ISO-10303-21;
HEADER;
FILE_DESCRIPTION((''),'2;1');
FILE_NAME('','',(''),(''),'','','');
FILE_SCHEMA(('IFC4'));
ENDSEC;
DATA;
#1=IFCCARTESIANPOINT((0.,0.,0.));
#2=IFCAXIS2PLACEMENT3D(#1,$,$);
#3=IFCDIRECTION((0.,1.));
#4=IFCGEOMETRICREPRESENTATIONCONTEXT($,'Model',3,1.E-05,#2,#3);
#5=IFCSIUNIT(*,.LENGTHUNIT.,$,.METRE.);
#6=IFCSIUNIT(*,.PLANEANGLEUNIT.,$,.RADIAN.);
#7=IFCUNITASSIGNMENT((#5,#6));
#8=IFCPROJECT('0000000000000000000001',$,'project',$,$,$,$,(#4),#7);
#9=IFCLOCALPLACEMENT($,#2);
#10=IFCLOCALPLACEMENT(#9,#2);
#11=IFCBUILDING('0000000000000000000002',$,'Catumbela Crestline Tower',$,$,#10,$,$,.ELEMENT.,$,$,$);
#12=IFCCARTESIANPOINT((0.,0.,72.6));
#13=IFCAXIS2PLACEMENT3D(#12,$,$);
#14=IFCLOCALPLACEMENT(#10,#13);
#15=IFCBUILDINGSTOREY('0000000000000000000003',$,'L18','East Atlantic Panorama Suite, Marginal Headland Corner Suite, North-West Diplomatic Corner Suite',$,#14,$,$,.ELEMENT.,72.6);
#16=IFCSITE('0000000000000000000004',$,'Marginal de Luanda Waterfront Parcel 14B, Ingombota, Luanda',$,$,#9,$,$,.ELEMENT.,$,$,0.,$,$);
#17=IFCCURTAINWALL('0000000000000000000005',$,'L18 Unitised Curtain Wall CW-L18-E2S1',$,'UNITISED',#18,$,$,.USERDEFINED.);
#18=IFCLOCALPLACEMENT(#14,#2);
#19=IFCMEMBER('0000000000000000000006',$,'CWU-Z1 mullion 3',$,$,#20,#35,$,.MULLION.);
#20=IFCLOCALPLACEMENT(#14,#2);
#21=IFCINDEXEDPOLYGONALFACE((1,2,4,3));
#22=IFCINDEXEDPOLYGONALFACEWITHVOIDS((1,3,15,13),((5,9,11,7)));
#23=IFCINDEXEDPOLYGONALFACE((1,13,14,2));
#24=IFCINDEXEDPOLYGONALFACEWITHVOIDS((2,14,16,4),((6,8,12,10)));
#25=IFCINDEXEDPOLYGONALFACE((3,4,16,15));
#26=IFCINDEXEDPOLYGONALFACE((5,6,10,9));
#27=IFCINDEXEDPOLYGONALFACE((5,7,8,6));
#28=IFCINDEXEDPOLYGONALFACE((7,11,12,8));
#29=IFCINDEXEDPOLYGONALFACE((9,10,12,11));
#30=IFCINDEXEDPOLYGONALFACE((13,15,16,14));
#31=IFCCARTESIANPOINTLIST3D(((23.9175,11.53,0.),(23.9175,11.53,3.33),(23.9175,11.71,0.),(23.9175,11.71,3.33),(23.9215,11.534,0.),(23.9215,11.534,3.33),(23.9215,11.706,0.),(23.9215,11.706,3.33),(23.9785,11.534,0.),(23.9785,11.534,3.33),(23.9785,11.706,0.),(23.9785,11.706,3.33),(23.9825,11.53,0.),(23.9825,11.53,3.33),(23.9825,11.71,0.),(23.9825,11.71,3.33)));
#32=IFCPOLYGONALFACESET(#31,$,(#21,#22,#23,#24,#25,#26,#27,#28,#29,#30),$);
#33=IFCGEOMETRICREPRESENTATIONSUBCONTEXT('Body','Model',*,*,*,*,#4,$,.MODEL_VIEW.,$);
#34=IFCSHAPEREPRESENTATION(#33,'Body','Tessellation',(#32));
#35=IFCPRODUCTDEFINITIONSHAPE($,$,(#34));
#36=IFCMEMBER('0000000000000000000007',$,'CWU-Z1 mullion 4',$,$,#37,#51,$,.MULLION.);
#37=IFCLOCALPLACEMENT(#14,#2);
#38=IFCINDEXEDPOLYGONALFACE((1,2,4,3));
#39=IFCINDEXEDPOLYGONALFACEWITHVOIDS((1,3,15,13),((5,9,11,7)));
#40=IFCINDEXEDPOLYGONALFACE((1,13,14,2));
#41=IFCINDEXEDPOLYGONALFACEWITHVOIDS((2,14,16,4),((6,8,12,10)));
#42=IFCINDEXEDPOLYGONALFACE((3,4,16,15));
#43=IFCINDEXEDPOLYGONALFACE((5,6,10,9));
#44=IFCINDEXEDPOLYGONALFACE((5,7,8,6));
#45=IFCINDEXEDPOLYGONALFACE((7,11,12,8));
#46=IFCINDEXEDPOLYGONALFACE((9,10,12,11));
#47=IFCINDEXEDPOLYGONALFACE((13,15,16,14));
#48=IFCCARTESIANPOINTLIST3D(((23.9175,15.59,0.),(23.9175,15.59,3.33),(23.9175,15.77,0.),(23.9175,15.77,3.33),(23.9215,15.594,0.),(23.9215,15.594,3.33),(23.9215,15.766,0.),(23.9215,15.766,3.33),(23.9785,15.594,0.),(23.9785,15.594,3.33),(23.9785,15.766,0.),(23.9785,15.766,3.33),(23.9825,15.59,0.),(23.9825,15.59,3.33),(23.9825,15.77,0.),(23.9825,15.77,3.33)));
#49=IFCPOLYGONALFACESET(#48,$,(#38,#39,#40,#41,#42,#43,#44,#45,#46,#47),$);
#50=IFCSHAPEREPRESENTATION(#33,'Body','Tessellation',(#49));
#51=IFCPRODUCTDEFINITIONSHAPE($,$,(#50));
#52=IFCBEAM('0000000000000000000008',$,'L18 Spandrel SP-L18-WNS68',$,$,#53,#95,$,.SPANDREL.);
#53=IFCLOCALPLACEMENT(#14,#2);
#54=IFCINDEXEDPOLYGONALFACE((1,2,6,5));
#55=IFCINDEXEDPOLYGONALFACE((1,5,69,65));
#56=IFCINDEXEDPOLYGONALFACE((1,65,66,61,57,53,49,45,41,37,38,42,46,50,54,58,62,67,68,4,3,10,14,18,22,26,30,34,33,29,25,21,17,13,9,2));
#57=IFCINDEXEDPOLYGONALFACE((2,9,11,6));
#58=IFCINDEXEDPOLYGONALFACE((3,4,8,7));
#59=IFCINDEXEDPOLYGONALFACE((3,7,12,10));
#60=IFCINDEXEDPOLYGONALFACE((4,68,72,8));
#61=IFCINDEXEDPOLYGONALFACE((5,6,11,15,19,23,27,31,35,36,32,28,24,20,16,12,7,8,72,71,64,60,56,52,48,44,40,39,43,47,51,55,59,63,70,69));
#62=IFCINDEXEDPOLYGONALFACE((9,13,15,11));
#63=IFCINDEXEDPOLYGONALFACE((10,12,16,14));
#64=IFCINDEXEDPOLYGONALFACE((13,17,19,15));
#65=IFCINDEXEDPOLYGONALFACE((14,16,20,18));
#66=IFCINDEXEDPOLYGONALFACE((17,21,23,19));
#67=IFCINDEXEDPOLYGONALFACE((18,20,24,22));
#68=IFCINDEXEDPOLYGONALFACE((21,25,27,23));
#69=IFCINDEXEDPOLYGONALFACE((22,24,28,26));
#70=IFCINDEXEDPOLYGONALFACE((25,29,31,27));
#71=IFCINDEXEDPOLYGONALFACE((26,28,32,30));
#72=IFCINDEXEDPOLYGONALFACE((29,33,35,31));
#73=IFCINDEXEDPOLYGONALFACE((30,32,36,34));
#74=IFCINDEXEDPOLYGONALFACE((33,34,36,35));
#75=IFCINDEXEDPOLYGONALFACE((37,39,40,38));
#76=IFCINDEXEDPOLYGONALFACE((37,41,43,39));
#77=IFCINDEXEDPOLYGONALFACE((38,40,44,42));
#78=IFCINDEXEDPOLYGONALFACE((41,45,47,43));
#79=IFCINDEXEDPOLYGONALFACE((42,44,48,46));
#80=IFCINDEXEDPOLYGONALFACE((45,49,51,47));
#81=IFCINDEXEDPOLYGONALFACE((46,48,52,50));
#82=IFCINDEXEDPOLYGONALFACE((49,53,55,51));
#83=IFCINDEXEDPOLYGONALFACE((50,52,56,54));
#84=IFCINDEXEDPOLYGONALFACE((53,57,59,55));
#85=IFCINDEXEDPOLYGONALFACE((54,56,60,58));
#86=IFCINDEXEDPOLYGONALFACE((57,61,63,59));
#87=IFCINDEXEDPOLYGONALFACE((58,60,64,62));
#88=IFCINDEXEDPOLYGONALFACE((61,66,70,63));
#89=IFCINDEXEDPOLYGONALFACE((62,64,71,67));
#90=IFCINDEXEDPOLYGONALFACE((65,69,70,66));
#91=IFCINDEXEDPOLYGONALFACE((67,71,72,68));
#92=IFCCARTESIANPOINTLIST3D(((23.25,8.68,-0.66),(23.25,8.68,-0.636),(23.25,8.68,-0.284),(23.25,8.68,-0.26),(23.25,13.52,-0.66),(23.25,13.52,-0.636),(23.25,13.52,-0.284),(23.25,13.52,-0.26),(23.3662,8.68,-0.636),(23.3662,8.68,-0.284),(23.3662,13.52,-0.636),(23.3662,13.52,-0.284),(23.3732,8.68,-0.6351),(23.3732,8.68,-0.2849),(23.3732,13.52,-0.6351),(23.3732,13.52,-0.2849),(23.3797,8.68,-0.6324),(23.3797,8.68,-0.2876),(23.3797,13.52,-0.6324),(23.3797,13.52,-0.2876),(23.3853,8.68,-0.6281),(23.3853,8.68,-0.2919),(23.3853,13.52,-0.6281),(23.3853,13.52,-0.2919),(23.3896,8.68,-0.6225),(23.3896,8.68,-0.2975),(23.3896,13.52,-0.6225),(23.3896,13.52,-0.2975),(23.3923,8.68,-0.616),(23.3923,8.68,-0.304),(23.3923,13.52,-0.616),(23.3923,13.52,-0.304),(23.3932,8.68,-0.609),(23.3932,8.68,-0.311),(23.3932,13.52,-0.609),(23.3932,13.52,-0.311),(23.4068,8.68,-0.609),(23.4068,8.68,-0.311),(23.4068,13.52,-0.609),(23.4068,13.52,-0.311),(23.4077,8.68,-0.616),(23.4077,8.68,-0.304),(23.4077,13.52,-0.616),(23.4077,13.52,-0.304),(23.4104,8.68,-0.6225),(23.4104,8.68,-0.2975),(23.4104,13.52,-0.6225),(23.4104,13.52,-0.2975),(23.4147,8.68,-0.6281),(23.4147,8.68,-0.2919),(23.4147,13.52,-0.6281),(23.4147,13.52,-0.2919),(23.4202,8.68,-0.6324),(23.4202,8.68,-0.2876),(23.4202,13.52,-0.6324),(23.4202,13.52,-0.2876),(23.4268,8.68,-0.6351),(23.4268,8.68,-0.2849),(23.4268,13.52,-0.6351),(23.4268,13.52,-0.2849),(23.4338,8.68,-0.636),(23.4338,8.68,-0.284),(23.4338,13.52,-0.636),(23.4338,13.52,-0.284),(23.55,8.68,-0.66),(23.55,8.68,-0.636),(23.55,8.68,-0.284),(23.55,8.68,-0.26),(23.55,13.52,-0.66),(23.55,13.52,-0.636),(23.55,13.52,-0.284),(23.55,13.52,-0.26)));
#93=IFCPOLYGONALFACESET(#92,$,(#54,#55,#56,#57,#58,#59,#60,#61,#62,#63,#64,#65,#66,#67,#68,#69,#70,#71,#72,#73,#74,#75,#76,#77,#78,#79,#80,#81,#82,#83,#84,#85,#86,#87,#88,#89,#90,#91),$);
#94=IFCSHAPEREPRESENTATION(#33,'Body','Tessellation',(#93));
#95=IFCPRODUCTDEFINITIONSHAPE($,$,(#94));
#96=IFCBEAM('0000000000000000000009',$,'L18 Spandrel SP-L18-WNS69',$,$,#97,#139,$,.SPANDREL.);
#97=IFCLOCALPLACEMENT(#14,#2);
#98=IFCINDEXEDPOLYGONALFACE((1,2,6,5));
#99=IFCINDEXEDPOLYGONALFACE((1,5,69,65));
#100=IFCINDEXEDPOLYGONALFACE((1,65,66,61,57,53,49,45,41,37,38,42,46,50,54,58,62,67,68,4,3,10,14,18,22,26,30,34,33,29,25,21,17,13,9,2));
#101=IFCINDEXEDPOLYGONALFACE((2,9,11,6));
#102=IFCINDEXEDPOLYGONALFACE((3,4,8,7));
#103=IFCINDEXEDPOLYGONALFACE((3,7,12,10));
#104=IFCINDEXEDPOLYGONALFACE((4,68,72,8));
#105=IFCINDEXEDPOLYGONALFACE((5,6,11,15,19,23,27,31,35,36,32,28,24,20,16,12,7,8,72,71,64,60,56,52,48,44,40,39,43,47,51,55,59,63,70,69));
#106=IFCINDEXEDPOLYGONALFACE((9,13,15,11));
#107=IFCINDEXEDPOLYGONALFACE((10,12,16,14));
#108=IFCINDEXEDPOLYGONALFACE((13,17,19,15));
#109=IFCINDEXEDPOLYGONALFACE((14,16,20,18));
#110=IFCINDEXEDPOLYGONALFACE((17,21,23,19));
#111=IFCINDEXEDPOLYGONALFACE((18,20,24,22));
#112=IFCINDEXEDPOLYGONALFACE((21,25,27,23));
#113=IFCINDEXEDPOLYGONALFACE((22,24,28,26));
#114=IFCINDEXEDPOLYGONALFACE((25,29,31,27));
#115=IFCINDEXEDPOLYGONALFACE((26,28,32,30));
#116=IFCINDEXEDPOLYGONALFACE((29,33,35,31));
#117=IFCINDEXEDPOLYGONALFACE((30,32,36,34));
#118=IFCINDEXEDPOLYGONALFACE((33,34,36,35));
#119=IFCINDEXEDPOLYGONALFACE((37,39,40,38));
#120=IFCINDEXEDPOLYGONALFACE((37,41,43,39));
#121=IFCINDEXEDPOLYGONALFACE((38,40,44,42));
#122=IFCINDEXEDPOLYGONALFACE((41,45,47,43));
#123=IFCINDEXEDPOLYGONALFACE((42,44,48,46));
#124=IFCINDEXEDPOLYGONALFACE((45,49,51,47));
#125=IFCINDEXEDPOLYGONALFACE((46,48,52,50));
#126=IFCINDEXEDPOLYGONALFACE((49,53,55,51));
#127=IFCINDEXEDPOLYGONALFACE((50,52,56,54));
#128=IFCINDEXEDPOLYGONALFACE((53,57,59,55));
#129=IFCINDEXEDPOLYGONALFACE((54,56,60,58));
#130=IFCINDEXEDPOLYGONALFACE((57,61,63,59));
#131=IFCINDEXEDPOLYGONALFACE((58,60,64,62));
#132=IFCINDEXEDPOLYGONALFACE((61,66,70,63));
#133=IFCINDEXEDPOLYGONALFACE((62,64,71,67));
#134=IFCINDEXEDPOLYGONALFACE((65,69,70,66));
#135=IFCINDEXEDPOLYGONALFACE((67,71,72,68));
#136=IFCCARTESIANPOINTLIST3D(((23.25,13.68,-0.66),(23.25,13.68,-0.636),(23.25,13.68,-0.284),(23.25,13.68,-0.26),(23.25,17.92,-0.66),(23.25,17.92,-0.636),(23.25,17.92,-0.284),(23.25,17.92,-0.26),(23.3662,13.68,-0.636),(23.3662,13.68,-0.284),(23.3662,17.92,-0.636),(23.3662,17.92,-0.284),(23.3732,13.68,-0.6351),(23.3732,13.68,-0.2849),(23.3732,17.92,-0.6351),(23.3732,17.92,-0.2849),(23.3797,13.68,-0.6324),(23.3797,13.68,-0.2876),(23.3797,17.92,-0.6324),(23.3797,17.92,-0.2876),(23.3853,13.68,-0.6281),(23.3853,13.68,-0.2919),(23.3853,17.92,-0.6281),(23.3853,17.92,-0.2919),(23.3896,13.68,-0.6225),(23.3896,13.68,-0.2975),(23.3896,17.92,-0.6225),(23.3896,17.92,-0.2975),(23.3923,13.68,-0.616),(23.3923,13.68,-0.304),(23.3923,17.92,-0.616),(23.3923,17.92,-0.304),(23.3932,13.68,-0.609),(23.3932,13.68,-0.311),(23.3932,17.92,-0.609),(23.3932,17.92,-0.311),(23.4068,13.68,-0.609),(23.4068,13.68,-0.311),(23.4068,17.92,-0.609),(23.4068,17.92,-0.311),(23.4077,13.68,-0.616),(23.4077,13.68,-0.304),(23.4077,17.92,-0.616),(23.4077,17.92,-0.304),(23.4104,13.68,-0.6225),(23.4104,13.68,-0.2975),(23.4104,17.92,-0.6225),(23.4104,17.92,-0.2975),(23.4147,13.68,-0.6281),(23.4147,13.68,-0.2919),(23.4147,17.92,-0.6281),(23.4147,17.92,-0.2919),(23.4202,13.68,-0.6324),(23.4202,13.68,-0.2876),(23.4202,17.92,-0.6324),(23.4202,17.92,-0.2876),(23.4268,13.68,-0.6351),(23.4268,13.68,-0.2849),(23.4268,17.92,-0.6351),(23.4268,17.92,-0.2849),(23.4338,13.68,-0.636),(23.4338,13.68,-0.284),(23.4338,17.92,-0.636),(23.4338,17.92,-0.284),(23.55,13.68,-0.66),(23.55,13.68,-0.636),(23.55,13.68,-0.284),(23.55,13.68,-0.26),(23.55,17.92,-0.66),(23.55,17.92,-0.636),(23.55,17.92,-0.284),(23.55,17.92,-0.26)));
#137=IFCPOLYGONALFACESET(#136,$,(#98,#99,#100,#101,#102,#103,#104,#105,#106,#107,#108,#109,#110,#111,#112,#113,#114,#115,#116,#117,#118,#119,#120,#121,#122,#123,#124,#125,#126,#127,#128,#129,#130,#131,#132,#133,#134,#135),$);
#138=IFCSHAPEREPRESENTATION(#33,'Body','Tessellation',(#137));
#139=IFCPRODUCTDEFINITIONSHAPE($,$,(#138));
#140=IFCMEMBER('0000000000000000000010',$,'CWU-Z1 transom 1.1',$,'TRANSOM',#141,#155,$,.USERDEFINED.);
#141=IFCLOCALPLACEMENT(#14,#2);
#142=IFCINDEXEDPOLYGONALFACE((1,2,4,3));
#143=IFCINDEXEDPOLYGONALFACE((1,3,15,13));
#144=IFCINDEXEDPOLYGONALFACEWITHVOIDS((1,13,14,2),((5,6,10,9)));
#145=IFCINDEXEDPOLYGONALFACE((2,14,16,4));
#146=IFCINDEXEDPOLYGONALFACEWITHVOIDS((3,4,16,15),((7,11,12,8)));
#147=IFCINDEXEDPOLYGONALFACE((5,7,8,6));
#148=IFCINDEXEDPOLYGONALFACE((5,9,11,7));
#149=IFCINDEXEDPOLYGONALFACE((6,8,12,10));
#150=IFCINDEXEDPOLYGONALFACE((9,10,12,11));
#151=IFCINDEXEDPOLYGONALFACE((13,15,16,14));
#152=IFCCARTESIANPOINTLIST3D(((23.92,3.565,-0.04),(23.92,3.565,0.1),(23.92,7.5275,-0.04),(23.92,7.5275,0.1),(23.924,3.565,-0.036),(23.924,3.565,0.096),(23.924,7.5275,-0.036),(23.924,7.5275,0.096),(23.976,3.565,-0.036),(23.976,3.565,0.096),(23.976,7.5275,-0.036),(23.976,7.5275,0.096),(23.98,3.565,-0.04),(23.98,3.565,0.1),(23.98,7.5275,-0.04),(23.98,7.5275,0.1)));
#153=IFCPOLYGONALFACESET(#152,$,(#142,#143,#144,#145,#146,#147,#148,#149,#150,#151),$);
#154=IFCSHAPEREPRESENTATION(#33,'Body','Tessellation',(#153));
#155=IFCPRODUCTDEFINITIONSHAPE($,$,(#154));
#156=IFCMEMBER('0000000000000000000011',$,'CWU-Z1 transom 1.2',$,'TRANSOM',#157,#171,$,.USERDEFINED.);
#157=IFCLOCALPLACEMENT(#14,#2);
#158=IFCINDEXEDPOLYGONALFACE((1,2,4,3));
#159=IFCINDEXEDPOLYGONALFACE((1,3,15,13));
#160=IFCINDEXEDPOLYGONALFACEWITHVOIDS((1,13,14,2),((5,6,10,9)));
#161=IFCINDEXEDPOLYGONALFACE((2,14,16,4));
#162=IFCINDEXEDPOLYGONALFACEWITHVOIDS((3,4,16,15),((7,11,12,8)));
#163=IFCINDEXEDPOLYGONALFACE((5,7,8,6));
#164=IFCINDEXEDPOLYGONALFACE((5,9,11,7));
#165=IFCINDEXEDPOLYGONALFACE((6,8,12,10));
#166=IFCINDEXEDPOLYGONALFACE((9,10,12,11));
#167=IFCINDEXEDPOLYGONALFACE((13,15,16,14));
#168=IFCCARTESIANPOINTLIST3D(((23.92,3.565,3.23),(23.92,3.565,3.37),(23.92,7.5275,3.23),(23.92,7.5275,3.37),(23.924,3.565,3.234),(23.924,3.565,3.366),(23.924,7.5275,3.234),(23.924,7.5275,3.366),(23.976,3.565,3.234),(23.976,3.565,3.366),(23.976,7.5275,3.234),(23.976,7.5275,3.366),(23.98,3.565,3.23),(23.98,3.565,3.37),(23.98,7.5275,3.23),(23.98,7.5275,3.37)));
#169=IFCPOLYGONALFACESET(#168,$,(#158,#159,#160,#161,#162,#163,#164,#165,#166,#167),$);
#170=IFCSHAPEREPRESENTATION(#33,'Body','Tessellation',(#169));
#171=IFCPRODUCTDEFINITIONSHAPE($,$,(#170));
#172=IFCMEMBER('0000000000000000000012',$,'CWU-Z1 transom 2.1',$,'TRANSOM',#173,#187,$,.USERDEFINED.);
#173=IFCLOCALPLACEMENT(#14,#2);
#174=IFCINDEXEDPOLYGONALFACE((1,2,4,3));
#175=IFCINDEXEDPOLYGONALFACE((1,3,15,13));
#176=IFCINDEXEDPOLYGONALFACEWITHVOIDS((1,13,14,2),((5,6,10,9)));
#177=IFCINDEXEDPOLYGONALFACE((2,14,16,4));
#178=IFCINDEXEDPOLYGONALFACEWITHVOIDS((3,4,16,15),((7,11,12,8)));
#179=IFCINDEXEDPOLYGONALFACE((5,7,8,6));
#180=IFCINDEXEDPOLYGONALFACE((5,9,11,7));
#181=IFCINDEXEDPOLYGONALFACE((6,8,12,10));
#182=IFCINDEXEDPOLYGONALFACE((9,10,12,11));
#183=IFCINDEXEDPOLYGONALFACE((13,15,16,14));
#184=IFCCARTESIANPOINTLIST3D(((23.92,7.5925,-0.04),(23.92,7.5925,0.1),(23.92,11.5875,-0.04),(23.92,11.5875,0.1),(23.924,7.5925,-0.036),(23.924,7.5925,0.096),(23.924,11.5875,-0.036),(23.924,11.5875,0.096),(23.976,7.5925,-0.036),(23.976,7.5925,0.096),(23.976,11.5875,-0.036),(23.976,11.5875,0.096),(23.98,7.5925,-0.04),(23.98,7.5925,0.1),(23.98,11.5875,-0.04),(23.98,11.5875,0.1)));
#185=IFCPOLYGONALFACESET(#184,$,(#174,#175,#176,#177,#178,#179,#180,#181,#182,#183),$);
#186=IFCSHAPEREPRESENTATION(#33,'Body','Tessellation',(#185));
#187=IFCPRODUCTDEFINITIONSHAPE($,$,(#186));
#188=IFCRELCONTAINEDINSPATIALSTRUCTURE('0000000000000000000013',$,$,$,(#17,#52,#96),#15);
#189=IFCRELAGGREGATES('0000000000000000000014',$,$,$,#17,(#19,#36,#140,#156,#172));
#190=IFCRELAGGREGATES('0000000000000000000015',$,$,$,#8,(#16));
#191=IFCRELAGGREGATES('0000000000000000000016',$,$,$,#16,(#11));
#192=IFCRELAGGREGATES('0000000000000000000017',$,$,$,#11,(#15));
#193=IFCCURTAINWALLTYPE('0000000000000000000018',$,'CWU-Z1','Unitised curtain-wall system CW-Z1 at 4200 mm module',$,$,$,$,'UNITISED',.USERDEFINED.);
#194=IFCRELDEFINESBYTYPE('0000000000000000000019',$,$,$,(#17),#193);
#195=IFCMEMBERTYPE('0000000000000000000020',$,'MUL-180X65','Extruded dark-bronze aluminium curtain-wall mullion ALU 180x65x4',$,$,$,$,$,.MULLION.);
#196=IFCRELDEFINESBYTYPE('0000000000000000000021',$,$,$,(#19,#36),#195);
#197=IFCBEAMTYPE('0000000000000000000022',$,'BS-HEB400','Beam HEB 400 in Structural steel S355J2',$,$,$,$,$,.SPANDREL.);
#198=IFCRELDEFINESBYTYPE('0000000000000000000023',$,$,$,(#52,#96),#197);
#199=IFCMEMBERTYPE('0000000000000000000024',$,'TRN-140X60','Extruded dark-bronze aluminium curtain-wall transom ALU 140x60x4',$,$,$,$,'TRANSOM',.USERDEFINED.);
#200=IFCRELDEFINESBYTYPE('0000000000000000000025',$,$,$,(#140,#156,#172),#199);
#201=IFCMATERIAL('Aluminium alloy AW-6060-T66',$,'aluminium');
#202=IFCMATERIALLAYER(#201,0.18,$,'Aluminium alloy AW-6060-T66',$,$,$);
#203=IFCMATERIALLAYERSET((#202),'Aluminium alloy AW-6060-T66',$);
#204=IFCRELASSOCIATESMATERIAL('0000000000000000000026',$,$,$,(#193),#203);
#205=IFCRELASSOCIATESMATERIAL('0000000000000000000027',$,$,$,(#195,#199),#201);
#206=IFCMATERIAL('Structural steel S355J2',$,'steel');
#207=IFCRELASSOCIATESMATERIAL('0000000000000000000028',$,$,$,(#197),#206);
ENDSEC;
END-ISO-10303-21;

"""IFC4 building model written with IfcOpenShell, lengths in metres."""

from ifc_helpers import new_model, si_unit, direction, frame, origin, origin_2d, place, context, subcontext, project, spatial, hollow_rectangle, i_section, extrude, material, layer, layer_set, material_profile, profile_set, type_object, element, aggregate, save


model = new_model("IFC4")

# Units and contexts
model_context = context("Model", 3, precision=1e-05, world=origin(), true_north=direction((0.0, 1.0)))
body_context = subcontext(model_context, "Body", "Model", "MODEL_VIEW")
ifc_project = project(units=[si_unit("LENGTHUNIT", "METRE"), si_unit("PLANEANGLEUNIT", "RADIAN")], contexts=[model_context])

# Site, building, storey
site_placement = place(None, origin())
site = spatial("IfcSite", under=ifc_project, at=site_placement, Name="Marginal de Luanda Waterfront Parcel 14B, Ingombota, Luanda", CompositionType="ELEMENT", RefElevation=0.0)
building_placement = place(site_placement, origin())
building = spatial("IfcBuilding", under=site, at=building_placement, Name="Catumbela Crestline Tower", CompositionType="ELEMENT")
storey_placement = place(building_placement, frame((0.0, 0.0, 72.6)))
storey = spatial("IfcBuildingStorey", under=building, at=storey_placement, Name="L18", Description="East Atlantic Panorama Suite, Marginal Headland Corner Suite, North-West Diplomatic Corner Suite", CompositionType="ELEMENT", Elevation=72.6)

# Shared definitions
ifc_material_1 = material(Name="Structural steel S355J2", Category="steel")

# Shared definitions
ifc_material_2 = material(Name="Aluminium alloy AW-6060-T66", Category="aluminium")
ifc_layer_1 = layer(ifc_material_2, 0.18, Name="Aluminium alloy AW-6060-T66")
ifc_layer_set_1 = layer_set([ifc_layer_1], Name="Aluminium alloy AW-6060-T66")
curtain_wall_type = type_object("IfcCurtainWallType", Name="CWU-Z1", Description="Unitised curtain-wall system CW-Z1 at 4200 mm module", ElementType="UNITISED", PredefinedType="USERDEFINED", material=ifc_layer_set_1)
ifc_material_profile_1 = material_profile(ifc_material_2, hollow_rectangle(XDim=0.065, YDim=0.18, WallThickness=0.004, at=origin_2d()), Name="ALU 180x65x4")
ifc_profile_set_1 = profile_set([ifc_material_profile_1], Name="Aluminium alloy AW-6060-T66")
member_type_1 = type_object("IfcMemberType", Name="MUL-180X65", Description="Extruded dark-bronze aluminium curtain-wall mullion ALU 180x65x4", PredefinedType="MULLION", material=ifc_profile_set_1)

# Curtain wall, members
curtain_wall_1_placement = place(storey_placement, origin())
curtain_wall_1 = element("IfcCurtainWall", 1, at=curtain_wall_1_placement, inside=storey, type_object=curtain_wall_type, Name="L18 Unitised Curtain Wall CW-L18-E2S1", ObjectType="UNITISED", PredefinedType="USERDEFINED")
member_1_placement = place(storey_placement, frame((23.95, 11.62, 0.0), z_axis=(0.0, 0.0, 1.0), x_axis=(-1.0, 0.0, 0.0)))
member_1 = element("IfcMember", 2, at=member_1_placement, type_object=member_type_1, Name="CWU-Z1 mullion 3", PredefinedType="MULLION", context=body_context, shape_type="SweptSolid", body=[
    extrude(hollow_rectangle(XDim=0.065, YDim=0.18, WallThickness=0.004, at=origin_2d()), origin(), (0.0, 0.0, 1.0), 3.33),
])
member_2_placement = place(storey_placement, frame((23.95, 15.68, 0.0), z_axis=(0.0, 0.0, 1.0), x_axis=(-1.0, 0.0, 0.0)))
member_2 = element("IfcMember", 3, at=member_2_placement, type_object=member_type_1, Name="CWU-Z1 mullion 4", PredefinedType="MULLION", context=body_context, shape_type="SweptSolid", body=[
    extrude(hollow_rectangle(XDim=0.065, YDim=0.18, WallThickness=0.004, at=origin_2d()), origin(), (0.0, 0.0, 1.0), 3.33),
])

# Beams
ifc_material_profile_2 = material_profile(ifc_material_1, i_section(OverallWidth=0.3, OverallDepth=0.4, WebThickness=0.0135, FlangeThickness=0.024, FilletRadius=0.027, at=origin_2d()), Name="HEB 400")
ifc_profile_set_2 = profile_set([ifc_material_profile_2], Name="Structural steel S355J2")
beam_type_1 = type_object("IfcBeamType", Name="BS-HEB400", Description="Beam HEB 400 in Structural steel S355J2", PredefinedType="SPANDREL", material=ifc_profile_set_2)
beam_1_placement = place(storey_placement, frame((23.4, 8.68, -0.46), z_axis=(0.0, 1.0, 0.0), x_axis=(-1.0, 0.0, 0.0)))
element("IfcBeam", 4, at=beam_1_placement, inside=storey, type_object=beam_type_1, Name="L18 Spandrel SP-L18-WNS68", PredefinedType="SPANDREL", context=body_context, shape_type="SweptSolid", body=[
    extrude(i_section(OverallWidth=0.3, OverallDepth=0.4, WebThickness=0.0135, FlangeThickness=0.024, FilletRadius=0.027, at=origin_2d()), origin(), (0.0, 0.0, 1.0), 4.84),
])
beam_2_placement = place(storey_placement, frame((23.4, 13.68, -0.46), z_axis=(0.0, 1.0, 0.0), x_axis=(-1.0, 0.0, 0.0)))
element("IfcBeam", 5, at=beam_2_placement, inside=storey, type_object=beam_type_1, Name="L18 Spandrel SP-L18-WNS69", PredefinedType="SPANDREL", context=body_context, shape_type="SweptSolid", body=[
    extrude(i_section(OverallWidth=0.3, OverallDepth=0.4, WebThickness=0.0135, FlangeThickness=0.024, FilletRadius=0.027, at=origin_2d()), origin(), (0.0, 0.0, 1.0), 4.24),
])

# Members
ifc_material_profile_3 = material_profile(ifc_material_2, hollow_rectangle(XDim=0.06, YDim=0.14, WallThickness=0.004, at=origin_2d()), Name="ALU 140x60x4")
ifc_profile_set_3 = profile_set([ifc_material_profile_3], Name="Aluminium alloy AW-6060-T66")
member_type_2 = type_object("IfcMemberType", Name="TRN-140X60", Description="Extruded dark-bronze aluminium curtain-wall transom ALU 140x60x4", ElementType="TRANSOM", PredefinedType="USERDEFINED", material=ifc_profile_set_3)
member_3_placement = place(storey_placement, frame((23.95, 3.565, 0.03), z_axis=(0.0, 1.0, 0.0), x_axis=(-1.0, 0.0, 0.0)))
member_3 = element("IfcMember", 6, at=member_3_placement, type_object=member_type_2, Name="CWU-Z1 transom 1.1", ObjectType="TRANSOM", PredefinedType="USERDEFINED", context=body_context, shape_type="SweptSolid", body=[
    extrude(hollow_rectangle(XDim=0.06, YDim=0.14, WallThickness=0.004, at=origin_2d()), origin(), (0.0, 0.0, 1.0), 3.9625),
])
member_4_placement = place(storey_placement, frame((23.95, 3.565, 3.3), z_axis=(0.0, 1.0, 0.0), x_axis=(-1.0, 0.0, 0.0)))
member_4 = element("IfcMember", 7, at=member_4_placement, type_object=member_type_2, Name="CWU-Z1 transom 1.2", ObjectType="TRANSOM", PredefinedType="USERDEFINED", context=body_context, shape_type="SweptSolid", body=[
    extrude(hollow_rectangle(XDim=0.06, YDim=0.14, WallThickness=0.004, at=origin_2d()), origin(), (0.0, 0.0, 1.0), 3.9625),
])
member_5_placement = place(storey_placement, frame((23.95, 7.5925, 0.03), z_axis=(0.0, 1.0, 0.0), x_axis=(-1.0, 0.0, 0.0)))
member_5 = element("IfcMember", 8, at=member_5_placement, type_object=member_type_2, Name="CWU-Z1 transom 2.1", ObjectType="TRANSOM", PredefinedType="USERDEFINED", context=body_context, shape_type="SweptSolid", body=[
    extrude(hollow_rectangle(XDim=0.06, YDim=0.14, WallThickness=0.004, at=origin_2d()), origin(), (0.0, 0.0, 1.0), 3.995),
])

aggregate(curtain_wall_1, [member_1, member_2, member_3, member_4, member_5])

save(model, "model.ifc")
